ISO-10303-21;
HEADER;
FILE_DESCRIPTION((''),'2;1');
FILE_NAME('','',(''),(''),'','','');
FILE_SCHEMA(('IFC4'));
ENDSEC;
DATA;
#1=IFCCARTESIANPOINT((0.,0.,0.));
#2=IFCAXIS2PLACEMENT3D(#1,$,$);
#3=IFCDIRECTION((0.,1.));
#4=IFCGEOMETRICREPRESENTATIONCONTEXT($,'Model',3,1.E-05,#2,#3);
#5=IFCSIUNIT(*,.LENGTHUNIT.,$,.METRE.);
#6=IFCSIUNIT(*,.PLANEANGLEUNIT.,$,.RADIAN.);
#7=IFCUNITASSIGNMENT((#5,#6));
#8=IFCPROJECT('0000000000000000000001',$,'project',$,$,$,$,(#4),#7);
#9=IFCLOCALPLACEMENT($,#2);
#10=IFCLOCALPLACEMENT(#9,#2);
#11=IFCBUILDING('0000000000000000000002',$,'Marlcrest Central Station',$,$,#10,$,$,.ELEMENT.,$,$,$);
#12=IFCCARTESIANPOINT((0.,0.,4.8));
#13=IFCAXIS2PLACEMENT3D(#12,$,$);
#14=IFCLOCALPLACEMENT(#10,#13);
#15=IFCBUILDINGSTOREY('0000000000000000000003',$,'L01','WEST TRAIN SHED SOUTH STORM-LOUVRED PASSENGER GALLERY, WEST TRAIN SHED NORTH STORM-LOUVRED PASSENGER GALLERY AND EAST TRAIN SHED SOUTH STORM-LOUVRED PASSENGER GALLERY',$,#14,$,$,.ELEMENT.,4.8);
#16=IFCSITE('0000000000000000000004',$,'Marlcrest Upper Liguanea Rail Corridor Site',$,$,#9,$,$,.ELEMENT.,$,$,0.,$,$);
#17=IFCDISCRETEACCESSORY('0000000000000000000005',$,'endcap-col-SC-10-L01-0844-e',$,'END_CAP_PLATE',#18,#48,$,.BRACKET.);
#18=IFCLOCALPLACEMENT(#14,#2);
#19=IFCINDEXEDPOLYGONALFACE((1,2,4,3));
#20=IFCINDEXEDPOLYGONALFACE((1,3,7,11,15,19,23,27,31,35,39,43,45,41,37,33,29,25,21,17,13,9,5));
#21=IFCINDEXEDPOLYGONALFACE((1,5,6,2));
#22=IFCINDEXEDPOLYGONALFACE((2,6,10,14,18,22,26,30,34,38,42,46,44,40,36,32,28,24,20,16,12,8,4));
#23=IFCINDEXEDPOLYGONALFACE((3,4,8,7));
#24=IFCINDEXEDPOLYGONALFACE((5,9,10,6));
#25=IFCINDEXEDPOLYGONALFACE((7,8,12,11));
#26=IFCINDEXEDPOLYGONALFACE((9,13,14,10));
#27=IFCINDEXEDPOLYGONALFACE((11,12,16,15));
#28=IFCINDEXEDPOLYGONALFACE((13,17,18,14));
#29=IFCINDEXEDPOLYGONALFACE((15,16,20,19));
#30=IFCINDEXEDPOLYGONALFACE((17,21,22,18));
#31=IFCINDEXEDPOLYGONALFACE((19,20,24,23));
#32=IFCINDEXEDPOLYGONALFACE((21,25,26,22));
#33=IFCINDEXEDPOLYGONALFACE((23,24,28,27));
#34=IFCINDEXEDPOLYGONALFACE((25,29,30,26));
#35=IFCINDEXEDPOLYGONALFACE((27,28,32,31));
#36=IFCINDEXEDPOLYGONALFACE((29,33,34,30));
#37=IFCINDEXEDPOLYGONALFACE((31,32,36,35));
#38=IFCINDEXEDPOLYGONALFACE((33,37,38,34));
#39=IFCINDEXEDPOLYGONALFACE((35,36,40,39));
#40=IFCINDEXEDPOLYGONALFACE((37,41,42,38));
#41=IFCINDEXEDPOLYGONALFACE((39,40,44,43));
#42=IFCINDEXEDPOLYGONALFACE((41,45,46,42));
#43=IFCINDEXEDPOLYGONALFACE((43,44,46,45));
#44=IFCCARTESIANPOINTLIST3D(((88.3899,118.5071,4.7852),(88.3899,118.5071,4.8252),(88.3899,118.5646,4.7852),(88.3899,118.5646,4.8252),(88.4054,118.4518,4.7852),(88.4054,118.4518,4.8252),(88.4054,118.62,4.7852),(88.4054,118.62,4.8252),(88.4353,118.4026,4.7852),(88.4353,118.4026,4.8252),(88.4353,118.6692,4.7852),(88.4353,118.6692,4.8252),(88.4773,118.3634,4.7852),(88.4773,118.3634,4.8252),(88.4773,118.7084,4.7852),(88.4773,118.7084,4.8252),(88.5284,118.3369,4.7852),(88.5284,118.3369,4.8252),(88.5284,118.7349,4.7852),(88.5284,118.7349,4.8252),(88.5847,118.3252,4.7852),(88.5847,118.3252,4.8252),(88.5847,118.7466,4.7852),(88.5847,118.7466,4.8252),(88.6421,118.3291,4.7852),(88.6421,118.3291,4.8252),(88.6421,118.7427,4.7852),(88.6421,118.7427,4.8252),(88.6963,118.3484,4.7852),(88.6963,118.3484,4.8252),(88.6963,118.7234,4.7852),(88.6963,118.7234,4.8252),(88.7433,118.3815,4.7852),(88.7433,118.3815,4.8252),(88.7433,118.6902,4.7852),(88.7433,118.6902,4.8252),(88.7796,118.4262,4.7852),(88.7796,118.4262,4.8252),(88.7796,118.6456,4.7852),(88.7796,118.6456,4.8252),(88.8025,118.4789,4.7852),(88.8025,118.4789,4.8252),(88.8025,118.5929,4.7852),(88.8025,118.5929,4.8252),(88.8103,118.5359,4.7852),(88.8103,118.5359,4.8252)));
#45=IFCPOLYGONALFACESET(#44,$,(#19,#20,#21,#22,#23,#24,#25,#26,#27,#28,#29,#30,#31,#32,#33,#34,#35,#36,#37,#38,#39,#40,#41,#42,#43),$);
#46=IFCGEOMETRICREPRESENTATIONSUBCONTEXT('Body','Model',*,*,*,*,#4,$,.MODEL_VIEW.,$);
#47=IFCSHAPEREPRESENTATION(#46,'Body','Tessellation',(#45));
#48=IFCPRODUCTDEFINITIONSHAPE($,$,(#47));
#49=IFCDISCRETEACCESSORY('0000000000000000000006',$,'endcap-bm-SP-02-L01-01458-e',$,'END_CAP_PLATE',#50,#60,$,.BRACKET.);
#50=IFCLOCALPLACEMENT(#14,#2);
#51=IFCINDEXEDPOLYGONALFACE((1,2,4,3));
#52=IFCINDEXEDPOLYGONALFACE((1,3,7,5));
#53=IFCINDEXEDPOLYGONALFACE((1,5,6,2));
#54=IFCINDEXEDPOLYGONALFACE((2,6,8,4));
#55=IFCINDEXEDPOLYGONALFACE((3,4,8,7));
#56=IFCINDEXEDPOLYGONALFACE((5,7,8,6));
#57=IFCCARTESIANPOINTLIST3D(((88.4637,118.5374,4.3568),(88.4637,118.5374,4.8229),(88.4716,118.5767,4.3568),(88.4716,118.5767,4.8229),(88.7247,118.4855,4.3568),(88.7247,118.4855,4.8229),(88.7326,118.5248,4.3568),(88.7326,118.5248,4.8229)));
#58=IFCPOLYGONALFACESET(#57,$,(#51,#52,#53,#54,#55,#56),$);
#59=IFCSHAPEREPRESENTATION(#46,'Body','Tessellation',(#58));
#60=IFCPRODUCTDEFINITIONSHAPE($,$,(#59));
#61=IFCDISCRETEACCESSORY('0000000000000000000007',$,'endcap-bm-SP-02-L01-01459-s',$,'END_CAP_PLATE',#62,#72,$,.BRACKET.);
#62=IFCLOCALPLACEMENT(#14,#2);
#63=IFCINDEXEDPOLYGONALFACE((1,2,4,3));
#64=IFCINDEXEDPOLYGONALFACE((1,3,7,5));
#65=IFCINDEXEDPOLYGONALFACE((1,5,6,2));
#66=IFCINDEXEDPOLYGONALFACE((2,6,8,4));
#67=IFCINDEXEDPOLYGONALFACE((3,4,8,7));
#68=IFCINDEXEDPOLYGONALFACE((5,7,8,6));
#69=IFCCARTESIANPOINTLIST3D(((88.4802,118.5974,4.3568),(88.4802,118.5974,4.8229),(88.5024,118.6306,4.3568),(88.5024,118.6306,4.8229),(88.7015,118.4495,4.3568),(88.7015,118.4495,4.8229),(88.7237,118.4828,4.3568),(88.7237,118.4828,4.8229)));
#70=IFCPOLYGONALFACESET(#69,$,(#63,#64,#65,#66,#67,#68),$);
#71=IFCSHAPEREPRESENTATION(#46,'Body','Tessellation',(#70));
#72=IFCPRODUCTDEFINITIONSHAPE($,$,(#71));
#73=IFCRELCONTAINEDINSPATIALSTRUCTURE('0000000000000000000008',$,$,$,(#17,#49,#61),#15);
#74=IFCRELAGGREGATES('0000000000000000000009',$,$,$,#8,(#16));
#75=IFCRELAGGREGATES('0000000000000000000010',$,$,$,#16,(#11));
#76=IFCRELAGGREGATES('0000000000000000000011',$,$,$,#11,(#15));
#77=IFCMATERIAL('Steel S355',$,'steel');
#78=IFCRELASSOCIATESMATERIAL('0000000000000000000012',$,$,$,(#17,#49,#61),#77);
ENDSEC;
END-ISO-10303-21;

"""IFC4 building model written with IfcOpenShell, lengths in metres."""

from ifc_helpers import new_model, si_unit, direction, frame, origin, origin_2d, place, context, subcontext, project, spatial, rectangle, circle, extrude, material, element, save


model = new_model("IFC4")

# Units and contexts
model_context = context("Model", 3, precision=1e-05, world=origin(), true_north=direction((0.0, 1.0)))
body_context = subcontext(model_context, "Body", "Model", "MODEL_VIEW")
ifc_project = project(units=[si_unit("LENGTHUNIT", "METRE"), si_unit("PLANEANGLEUNIT", "RADIAN")], contexts=[model_context])

# Site, building, storey
site_placement = place(None, origin())
site = spatial("IfcSite", under=ifc_project, at=site_placement, Name="Marlcrest Upper Liguanea Rail Corridor Site", CompositionType="ELEMENT", RefElevation=0.0)
building_placement = place(site_placement, origin())
building = spatial("IfcBuilding", under=site, at=building_placement, Name="Marlcrest Central Station", CompositionType="ELEMENT")
storey_placement = place(building_placement, frame((0.0, 0.0, 4.8)))
storey = spatial("IfcBuildingStorey", under=building, at=storey_placement, Name="L01", Description="WEST TRAIN SHED SOUTH STORM-LOUVRED PASSENGER GALLERY, WEST TRAIN SHED NORTH STORM-LOUVRED PASSENGER GALLERY AND EAST TRAIN SHED SOUTH STORM-LOUVRED PASSENGER GALLERY", CompositionType="ELEMENT", Elevation=4.8)

# Shared definitions
ifc_material_1 = material(Name="Steel S355", Category="steel")

# Discrete accessories
for number, where, z_axis, x_axis, name in (
    (1, (88.5991, 118.5359, 4.7852), (0.0, 0.0, 1.0), (1.0, 0.0, 0.0), "endcap-col-SC-10-L01-0844-e"),
):
    element("IfcDiscreteAccessory", number, at=place(storey_placement, frame(where, z_axis=z_axis, x_axis=x_axis)), inside=storey, material=ifc_material_1, Name=name, ObjectType="END_CAP_PLATE", PredefinedType="BRACKET", context=body_context, shape_type="SweptSolid", body=[
        extrude(circle(Radius=0.2112, at=origin_2d()), origin(), (0.0, 0.0, 1.0), 0.04),
    ])
for number, where, z_axis, x_axis, name in (
    (2, (88.5942, 118.5115, 4.5898), (0.195171, 0.980769, 0.0), (-0.980769, 0.195171, 0.0), "endcap-bm-SP-02-L01-01458-e"),
    (3, (88.5908, 118.5234, 4.5898), (0.555511, 0.831509, 0.0), (-0.831509, 0.555511, 0.0), "endcap-bm-SP-02-L01-01459-s"),
):
    element("IfcDiscreteAccessory", number, at=place(storey_placement, frame(where, z_axis=z_axis, x_axis=x_axis)), inside=storey, material=ifc_material_1, Name=name, ObjectType="END_CAP_PLATE", PredefinedType="BRACKET", context=body_context, shape_type="SweptSolid", body=[
        extrude(rectangle(XDim=0.2661, YDim=0.4661, at=origin_2d()), origin(), (0.0, 0.0, 1.0), 0.04),
    ])

save(model, "model.ifc")
